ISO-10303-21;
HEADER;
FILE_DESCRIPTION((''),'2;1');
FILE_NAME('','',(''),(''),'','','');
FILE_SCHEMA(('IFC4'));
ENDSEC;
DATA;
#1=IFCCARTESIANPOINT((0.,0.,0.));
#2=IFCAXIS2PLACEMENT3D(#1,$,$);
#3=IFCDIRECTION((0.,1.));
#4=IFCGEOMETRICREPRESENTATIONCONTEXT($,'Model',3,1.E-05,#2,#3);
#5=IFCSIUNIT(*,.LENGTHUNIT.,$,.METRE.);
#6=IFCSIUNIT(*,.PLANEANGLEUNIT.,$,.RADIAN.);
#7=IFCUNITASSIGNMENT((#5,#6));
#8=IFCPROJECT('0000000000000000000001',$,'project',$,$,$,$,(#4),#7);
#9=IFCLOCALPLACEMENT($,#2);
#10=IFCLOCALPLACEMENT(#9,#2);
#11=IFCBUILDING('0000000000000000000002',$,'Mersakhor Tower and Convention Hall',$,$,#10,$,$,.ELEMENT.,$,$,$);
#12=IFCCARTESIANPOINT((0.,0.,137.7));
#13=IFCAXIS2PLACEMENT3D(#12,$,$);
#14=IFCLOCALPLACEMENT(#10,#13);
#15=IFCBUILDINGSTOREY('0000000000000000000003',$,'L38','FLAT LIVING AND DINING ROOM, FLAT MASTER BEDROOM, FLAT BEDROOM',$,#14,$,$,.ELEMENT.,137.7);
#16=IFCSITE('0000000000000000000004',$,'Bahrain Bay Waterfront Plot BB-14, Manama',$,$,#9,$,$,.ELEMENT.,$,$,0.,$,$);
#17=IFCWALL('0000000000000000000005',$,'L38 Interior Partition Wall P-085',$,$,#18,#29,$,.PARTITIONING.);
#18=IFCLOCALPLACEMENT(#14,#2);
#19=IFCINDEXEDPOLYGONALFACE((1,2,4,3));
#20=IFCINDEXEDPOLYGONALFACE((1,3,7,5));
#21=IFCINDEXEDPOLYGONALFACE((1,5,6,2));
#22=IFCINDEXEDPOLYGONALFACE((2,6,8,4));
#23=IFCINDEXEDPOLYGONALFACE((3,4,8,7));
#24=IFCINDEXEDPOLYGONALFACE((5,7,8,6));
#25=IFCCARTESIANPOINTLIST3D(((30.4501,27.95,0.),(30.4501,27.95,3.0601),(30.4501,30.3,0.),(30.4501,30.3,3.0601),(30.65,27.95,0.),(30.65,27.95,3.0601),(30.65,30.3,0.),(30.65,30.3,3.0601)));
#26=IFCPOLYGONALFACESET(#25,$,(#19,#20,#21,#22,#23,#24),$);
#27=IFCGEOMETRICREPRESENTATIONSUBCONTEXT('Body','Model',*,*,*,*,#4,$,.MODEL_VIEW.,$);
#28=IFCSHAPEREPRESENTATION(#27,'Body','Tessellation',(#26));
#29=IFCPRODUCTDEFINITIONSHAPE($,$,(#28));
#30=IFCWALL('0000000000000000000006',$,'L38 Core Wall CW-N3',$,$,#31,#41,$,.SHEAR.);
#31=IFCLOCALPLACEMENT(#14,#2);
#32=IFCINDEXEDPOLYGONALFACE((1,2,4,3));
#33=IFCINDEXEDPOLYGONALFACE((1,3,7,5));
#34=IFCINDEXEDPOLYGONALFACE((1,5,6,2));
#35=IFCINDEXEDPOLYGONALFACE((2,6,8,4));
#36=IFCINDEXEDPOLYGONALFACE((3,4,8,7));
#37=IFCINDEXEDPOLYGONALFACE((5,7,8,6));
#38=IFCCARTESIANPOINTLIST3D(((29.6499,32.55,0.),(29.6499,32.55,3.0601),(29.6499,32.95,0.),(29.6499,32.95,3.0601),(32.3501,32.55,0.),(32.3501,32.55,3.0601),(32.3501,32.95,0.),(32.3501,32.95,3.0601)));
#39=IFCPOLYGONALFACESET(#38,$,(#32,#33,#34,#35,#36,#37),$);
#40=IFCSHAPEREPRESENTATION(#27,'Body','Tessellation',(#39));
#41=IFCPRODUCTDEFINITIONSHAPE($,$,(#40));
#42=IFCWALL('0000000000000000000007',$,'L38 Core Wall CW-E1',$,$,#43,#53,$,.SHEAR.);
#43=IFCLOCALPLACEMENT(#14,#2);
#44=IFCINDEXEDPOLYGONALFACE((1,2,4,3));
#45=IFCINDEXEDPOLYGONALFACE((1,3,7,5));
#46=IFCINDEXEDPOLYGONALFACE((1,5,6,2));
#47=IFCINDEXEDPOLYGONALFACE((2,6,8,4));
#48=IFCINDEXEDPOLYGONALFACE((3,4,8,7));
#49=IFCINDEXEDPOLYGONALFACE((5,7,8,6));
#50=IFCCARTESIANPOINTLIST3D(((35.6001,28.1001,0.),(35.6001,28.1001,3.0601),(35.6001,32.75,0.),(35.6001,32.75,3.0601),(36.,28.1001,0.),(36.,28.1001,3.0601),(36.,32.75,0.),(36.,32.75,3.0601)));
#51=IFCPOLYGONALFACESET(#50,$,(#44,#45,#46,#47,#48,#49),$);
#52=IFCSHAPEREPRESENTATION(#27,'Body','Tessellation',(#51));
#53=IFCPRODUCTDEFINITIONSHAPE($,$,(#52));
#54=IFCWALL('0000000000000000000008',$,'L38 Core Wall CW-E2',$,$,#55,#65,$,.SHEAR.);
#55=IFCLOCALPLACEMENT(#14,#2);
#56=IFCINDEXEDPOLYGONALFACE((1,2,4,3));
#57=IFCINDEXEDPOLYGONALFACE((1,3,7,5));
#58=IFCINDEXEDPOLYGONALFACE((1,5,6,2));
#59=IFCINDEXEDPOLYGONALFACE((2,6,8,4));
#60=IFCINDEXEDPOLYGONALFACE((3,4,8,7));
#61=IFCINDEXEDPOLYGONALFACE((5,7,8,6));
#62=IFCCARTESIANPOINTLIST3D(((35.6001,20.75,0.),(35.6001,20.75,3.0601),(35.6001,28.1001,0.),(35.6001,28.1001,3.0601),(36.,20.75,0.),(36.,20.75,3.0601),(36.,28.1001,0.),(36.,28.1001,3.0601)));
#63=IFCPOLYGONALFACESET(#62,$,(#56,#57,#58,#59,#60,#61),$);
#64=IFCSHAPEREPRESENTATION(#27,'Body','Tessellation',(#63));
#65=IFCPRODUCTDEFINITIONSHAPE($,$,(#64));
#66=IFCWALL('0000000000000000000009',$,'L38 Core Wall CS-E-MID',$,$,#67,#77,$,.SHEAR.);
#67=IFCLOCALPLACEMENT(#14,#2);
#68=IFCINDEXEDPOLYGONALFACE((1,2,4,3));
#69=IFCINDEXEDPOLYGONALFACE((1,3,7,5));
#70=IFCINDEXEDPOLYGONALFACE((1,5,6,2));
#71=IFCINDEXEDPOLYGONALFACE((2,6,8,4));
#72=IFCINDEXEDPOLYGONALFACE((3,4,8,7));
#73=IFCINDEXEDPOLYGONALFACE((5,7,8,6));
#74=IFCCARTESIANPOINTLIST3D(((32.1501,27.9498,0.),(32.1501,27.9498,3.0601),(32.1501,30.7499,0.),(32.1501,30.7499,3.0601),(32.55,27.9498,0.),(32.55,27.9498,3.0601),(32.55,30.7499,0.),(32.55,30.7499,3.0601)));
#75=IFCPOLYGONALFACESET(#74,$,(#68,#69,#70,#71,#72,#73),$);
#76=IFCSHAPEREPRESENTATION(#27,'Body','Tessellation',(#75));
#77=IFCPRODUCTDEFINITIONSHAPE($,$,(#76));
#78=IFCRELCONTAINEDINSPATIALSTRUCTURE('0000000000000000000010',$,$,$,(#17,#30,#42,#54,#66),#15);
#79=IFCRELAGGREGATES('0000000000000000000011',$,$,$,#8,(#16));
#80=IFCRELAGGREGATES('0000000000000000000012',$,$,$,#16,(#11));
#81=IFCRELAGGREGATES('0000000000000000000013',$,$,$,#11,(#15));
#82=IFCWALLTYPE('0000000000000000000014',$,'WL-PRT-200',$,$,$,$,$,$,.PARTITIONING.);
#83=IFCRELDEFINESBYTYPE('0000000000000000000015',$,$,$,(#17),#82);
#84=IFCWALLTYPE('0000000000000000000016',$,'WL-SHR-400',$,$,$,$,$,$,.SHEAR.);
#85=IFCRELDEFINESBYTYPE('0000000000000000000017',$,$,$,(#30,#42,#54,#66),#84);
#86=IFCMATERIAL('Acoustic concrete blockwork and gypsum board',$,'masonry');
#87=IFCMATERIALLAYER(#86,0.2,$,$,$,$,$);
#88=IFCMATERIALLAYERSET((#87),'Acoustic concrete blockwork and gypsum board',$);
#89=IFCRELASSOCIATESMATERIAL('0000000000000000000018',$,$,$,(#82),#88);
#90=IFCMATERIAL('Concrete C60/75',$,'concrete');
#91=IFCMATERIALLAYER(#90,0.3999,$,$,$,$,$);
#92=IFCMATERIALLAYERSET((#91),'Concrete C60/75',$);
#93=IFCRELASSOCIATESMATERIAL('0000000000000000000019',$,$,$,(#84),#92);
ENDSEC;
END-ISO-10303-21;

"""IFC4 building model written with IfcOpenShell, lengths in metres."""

from ifc_helpers import new_model, si_unit, direction, frame, frame_2d, origin, place, context, subcontext, project, spatial, rectangle, extrude, material, layer, layer_set, type_object, element, save


model = new_model("IFC4")

# Units and contexts
model_context = context("Model", 3, precision=1e-05, world=origin(), true_north=direction((0.0, 1.0)))
body_context = subcontext(model_context, "Body", "Model", "MODEL_VIEW")
ifc_project = project(units=[si_unit("LENGTHUNIT", "METRE"), si_unit("PLANEANGLEUNIT", "RADIAN")], contexts=[model_context])

# Site, building, storey
site_placement = place(None, origin())
site = spatial("IfcSite", under=ifc_project, at=site_placement, Name="Bahrain Bay Waterfront Plot BB-14, Manama", CompositionType="ELEMENT", RefElevation=0.0)
building_placement = place(site_placement, origin())
building = spatial("IfcBuilding", under=site, at=building_placement, Name="Mersakhor Tower and Convention Hall", CompositionType="ELEMENT")
storey_placement = place(building_placement, frame((0.0, 0.0, 137.7)))
storey = spatial("IfcBuildingStorey", under=building, at=storey_placement, Name="L38", Description="FLAT LIVING AND DINING ROOM, FLAT MASTER BEDROOM, FLAT BEDROOM", CompositionType="ELEMENT", Elevation=137.7)

# Shared definitions
ifc_material_1 = material(Name="Acoustic concrete blockwork and gypsum board", Category="masonry")
ifc_layer_1 = layer(ifc_material_1, 0.2)
ifc_layer_set_1 = layer_set([ifc_layer_1], Name="Acoustic concrete blockwork and gypsum board")
wall_type_1 = type_object("IfcWallType", Name="WL-PRT-200", PredefinedType="PARTITIONING", material=ifc_layer_set_1)

# Wall
wall_1_placement = place(storey_placement, frame((30.55, 30.3, 0.0), z_axis=(0.0, 0.0, 1.0), x_axis=(0.0, -1.0, 0.0)))
element("IfcWall", 1, at=wall_1_placement, inside=storey, type_object=wall_type_1, Name="L38 Interior Partition Wall P-085", PredefinedType="PARTITIONING", context=body_context, shape_type="SweptSolid", body=[
    extrude(rectangle(XDim=2.3501, YDim=0.2, at=frame_2d((1.175, 0.0))), origin(), (0.0, 0.0, 1.0), 3.0601),
])

# Shared definitions
ifc_material_2 = material(Name="Concrete C60/75", Category="concrete")
ifc_layer_2 = layer(ifc_material_2, 0.3999)
ifc_layer_set_2 = layer_set([ifc_layer_2], Name="Concrete C60/75")
wall_type_2 = type_object("IfcWallType", Name="WL-SHR-400", PredefinedType="SHEAR", material=ifc_layer_set_2)

# Wall
wall_2_placement = place(storey_placement, frame((29.6499, 32.75, 0.0), z_axis=(0.0, 0.0, 1.0), x_axis=(1.0, 0.0, 0.0)))
element("IfcWall", 2, at=wall_2_placement, inside=storey, type_object=wall_type_2, Name="L38 Core Wall CW-N3", PredefinedType="SHEAR", context=body_context, shape_type="SweptSolid", body=[
    extrude(rectangle(XDim=2.7002, YDim=0.3999, at=frame_2d((1.3501, 0.0))), origin(), (0.0, 0.0, 1.0), 3.0601),
])

# Walls
wall_3_placement = place(storey_placement, frame((35.8, 32.75, 0.0), z_axis=(0.0, 0.0, 1.0), x_axis=(0.0, -1.0, 0.0)))
element("IfcWall", 3, at=wall_3_placement, inside=storey, type_object=wall_type_2, Name="L38 Core Wall CW-E1", PredefinedType="SHEAR", context=body_context, shape_type="SweptSolid", body=[
    extrude(rectangle(XDim=4.6499, YDim=0.3999, at=frame_2d((2.325, 0.0))), origin(), (0.0, 0.0, 1.0), 3.0601),
])
wall_4_placement = place(storey_placement, frame((35.8, 28.1001, 0.0), z_axis=(0.0, 0.0, 1.0), x_axis=(0.0, -1.0, 0.0)))
element("IfcWall", 4, at=wall_4_placement, inside=storey, type_object=wall_type_2, Name="L38 Core Wall CW-E2", PredefinedType="SHEAR", context=body_context, shape_type="SweptSolid", body=[
    extrude(rectangle(XDim=7.3501, YDim=0.3999, at=frame_2d((3.675, 0.0))), origin(), (0.0, 0.0, 1.0), 3.0601),
])
wall_5_placement = place(storey_placement, frame((32.3501, 27.95, 0.0), z_axis=(0.0, 0.0, 1.0), x_axis=(0.0, 1.0, 0.0)))
element("IfcWall", 5, at=wall_5_placement, inside=storey, type_object=wall_type_2, Name="L38 Core Wall CS-E-MID", PredefinedType="SHEAR", context=body_context, shape_type="SweptSolid", body=[
    extrude(rectangle(XDim=2.8, YDim=0.3999, at=frame_2d((1.3999, 0.0))), origin(), (0.0, 0.0, 1.0), 3.0601),
])

save(model, "model.ifc")
